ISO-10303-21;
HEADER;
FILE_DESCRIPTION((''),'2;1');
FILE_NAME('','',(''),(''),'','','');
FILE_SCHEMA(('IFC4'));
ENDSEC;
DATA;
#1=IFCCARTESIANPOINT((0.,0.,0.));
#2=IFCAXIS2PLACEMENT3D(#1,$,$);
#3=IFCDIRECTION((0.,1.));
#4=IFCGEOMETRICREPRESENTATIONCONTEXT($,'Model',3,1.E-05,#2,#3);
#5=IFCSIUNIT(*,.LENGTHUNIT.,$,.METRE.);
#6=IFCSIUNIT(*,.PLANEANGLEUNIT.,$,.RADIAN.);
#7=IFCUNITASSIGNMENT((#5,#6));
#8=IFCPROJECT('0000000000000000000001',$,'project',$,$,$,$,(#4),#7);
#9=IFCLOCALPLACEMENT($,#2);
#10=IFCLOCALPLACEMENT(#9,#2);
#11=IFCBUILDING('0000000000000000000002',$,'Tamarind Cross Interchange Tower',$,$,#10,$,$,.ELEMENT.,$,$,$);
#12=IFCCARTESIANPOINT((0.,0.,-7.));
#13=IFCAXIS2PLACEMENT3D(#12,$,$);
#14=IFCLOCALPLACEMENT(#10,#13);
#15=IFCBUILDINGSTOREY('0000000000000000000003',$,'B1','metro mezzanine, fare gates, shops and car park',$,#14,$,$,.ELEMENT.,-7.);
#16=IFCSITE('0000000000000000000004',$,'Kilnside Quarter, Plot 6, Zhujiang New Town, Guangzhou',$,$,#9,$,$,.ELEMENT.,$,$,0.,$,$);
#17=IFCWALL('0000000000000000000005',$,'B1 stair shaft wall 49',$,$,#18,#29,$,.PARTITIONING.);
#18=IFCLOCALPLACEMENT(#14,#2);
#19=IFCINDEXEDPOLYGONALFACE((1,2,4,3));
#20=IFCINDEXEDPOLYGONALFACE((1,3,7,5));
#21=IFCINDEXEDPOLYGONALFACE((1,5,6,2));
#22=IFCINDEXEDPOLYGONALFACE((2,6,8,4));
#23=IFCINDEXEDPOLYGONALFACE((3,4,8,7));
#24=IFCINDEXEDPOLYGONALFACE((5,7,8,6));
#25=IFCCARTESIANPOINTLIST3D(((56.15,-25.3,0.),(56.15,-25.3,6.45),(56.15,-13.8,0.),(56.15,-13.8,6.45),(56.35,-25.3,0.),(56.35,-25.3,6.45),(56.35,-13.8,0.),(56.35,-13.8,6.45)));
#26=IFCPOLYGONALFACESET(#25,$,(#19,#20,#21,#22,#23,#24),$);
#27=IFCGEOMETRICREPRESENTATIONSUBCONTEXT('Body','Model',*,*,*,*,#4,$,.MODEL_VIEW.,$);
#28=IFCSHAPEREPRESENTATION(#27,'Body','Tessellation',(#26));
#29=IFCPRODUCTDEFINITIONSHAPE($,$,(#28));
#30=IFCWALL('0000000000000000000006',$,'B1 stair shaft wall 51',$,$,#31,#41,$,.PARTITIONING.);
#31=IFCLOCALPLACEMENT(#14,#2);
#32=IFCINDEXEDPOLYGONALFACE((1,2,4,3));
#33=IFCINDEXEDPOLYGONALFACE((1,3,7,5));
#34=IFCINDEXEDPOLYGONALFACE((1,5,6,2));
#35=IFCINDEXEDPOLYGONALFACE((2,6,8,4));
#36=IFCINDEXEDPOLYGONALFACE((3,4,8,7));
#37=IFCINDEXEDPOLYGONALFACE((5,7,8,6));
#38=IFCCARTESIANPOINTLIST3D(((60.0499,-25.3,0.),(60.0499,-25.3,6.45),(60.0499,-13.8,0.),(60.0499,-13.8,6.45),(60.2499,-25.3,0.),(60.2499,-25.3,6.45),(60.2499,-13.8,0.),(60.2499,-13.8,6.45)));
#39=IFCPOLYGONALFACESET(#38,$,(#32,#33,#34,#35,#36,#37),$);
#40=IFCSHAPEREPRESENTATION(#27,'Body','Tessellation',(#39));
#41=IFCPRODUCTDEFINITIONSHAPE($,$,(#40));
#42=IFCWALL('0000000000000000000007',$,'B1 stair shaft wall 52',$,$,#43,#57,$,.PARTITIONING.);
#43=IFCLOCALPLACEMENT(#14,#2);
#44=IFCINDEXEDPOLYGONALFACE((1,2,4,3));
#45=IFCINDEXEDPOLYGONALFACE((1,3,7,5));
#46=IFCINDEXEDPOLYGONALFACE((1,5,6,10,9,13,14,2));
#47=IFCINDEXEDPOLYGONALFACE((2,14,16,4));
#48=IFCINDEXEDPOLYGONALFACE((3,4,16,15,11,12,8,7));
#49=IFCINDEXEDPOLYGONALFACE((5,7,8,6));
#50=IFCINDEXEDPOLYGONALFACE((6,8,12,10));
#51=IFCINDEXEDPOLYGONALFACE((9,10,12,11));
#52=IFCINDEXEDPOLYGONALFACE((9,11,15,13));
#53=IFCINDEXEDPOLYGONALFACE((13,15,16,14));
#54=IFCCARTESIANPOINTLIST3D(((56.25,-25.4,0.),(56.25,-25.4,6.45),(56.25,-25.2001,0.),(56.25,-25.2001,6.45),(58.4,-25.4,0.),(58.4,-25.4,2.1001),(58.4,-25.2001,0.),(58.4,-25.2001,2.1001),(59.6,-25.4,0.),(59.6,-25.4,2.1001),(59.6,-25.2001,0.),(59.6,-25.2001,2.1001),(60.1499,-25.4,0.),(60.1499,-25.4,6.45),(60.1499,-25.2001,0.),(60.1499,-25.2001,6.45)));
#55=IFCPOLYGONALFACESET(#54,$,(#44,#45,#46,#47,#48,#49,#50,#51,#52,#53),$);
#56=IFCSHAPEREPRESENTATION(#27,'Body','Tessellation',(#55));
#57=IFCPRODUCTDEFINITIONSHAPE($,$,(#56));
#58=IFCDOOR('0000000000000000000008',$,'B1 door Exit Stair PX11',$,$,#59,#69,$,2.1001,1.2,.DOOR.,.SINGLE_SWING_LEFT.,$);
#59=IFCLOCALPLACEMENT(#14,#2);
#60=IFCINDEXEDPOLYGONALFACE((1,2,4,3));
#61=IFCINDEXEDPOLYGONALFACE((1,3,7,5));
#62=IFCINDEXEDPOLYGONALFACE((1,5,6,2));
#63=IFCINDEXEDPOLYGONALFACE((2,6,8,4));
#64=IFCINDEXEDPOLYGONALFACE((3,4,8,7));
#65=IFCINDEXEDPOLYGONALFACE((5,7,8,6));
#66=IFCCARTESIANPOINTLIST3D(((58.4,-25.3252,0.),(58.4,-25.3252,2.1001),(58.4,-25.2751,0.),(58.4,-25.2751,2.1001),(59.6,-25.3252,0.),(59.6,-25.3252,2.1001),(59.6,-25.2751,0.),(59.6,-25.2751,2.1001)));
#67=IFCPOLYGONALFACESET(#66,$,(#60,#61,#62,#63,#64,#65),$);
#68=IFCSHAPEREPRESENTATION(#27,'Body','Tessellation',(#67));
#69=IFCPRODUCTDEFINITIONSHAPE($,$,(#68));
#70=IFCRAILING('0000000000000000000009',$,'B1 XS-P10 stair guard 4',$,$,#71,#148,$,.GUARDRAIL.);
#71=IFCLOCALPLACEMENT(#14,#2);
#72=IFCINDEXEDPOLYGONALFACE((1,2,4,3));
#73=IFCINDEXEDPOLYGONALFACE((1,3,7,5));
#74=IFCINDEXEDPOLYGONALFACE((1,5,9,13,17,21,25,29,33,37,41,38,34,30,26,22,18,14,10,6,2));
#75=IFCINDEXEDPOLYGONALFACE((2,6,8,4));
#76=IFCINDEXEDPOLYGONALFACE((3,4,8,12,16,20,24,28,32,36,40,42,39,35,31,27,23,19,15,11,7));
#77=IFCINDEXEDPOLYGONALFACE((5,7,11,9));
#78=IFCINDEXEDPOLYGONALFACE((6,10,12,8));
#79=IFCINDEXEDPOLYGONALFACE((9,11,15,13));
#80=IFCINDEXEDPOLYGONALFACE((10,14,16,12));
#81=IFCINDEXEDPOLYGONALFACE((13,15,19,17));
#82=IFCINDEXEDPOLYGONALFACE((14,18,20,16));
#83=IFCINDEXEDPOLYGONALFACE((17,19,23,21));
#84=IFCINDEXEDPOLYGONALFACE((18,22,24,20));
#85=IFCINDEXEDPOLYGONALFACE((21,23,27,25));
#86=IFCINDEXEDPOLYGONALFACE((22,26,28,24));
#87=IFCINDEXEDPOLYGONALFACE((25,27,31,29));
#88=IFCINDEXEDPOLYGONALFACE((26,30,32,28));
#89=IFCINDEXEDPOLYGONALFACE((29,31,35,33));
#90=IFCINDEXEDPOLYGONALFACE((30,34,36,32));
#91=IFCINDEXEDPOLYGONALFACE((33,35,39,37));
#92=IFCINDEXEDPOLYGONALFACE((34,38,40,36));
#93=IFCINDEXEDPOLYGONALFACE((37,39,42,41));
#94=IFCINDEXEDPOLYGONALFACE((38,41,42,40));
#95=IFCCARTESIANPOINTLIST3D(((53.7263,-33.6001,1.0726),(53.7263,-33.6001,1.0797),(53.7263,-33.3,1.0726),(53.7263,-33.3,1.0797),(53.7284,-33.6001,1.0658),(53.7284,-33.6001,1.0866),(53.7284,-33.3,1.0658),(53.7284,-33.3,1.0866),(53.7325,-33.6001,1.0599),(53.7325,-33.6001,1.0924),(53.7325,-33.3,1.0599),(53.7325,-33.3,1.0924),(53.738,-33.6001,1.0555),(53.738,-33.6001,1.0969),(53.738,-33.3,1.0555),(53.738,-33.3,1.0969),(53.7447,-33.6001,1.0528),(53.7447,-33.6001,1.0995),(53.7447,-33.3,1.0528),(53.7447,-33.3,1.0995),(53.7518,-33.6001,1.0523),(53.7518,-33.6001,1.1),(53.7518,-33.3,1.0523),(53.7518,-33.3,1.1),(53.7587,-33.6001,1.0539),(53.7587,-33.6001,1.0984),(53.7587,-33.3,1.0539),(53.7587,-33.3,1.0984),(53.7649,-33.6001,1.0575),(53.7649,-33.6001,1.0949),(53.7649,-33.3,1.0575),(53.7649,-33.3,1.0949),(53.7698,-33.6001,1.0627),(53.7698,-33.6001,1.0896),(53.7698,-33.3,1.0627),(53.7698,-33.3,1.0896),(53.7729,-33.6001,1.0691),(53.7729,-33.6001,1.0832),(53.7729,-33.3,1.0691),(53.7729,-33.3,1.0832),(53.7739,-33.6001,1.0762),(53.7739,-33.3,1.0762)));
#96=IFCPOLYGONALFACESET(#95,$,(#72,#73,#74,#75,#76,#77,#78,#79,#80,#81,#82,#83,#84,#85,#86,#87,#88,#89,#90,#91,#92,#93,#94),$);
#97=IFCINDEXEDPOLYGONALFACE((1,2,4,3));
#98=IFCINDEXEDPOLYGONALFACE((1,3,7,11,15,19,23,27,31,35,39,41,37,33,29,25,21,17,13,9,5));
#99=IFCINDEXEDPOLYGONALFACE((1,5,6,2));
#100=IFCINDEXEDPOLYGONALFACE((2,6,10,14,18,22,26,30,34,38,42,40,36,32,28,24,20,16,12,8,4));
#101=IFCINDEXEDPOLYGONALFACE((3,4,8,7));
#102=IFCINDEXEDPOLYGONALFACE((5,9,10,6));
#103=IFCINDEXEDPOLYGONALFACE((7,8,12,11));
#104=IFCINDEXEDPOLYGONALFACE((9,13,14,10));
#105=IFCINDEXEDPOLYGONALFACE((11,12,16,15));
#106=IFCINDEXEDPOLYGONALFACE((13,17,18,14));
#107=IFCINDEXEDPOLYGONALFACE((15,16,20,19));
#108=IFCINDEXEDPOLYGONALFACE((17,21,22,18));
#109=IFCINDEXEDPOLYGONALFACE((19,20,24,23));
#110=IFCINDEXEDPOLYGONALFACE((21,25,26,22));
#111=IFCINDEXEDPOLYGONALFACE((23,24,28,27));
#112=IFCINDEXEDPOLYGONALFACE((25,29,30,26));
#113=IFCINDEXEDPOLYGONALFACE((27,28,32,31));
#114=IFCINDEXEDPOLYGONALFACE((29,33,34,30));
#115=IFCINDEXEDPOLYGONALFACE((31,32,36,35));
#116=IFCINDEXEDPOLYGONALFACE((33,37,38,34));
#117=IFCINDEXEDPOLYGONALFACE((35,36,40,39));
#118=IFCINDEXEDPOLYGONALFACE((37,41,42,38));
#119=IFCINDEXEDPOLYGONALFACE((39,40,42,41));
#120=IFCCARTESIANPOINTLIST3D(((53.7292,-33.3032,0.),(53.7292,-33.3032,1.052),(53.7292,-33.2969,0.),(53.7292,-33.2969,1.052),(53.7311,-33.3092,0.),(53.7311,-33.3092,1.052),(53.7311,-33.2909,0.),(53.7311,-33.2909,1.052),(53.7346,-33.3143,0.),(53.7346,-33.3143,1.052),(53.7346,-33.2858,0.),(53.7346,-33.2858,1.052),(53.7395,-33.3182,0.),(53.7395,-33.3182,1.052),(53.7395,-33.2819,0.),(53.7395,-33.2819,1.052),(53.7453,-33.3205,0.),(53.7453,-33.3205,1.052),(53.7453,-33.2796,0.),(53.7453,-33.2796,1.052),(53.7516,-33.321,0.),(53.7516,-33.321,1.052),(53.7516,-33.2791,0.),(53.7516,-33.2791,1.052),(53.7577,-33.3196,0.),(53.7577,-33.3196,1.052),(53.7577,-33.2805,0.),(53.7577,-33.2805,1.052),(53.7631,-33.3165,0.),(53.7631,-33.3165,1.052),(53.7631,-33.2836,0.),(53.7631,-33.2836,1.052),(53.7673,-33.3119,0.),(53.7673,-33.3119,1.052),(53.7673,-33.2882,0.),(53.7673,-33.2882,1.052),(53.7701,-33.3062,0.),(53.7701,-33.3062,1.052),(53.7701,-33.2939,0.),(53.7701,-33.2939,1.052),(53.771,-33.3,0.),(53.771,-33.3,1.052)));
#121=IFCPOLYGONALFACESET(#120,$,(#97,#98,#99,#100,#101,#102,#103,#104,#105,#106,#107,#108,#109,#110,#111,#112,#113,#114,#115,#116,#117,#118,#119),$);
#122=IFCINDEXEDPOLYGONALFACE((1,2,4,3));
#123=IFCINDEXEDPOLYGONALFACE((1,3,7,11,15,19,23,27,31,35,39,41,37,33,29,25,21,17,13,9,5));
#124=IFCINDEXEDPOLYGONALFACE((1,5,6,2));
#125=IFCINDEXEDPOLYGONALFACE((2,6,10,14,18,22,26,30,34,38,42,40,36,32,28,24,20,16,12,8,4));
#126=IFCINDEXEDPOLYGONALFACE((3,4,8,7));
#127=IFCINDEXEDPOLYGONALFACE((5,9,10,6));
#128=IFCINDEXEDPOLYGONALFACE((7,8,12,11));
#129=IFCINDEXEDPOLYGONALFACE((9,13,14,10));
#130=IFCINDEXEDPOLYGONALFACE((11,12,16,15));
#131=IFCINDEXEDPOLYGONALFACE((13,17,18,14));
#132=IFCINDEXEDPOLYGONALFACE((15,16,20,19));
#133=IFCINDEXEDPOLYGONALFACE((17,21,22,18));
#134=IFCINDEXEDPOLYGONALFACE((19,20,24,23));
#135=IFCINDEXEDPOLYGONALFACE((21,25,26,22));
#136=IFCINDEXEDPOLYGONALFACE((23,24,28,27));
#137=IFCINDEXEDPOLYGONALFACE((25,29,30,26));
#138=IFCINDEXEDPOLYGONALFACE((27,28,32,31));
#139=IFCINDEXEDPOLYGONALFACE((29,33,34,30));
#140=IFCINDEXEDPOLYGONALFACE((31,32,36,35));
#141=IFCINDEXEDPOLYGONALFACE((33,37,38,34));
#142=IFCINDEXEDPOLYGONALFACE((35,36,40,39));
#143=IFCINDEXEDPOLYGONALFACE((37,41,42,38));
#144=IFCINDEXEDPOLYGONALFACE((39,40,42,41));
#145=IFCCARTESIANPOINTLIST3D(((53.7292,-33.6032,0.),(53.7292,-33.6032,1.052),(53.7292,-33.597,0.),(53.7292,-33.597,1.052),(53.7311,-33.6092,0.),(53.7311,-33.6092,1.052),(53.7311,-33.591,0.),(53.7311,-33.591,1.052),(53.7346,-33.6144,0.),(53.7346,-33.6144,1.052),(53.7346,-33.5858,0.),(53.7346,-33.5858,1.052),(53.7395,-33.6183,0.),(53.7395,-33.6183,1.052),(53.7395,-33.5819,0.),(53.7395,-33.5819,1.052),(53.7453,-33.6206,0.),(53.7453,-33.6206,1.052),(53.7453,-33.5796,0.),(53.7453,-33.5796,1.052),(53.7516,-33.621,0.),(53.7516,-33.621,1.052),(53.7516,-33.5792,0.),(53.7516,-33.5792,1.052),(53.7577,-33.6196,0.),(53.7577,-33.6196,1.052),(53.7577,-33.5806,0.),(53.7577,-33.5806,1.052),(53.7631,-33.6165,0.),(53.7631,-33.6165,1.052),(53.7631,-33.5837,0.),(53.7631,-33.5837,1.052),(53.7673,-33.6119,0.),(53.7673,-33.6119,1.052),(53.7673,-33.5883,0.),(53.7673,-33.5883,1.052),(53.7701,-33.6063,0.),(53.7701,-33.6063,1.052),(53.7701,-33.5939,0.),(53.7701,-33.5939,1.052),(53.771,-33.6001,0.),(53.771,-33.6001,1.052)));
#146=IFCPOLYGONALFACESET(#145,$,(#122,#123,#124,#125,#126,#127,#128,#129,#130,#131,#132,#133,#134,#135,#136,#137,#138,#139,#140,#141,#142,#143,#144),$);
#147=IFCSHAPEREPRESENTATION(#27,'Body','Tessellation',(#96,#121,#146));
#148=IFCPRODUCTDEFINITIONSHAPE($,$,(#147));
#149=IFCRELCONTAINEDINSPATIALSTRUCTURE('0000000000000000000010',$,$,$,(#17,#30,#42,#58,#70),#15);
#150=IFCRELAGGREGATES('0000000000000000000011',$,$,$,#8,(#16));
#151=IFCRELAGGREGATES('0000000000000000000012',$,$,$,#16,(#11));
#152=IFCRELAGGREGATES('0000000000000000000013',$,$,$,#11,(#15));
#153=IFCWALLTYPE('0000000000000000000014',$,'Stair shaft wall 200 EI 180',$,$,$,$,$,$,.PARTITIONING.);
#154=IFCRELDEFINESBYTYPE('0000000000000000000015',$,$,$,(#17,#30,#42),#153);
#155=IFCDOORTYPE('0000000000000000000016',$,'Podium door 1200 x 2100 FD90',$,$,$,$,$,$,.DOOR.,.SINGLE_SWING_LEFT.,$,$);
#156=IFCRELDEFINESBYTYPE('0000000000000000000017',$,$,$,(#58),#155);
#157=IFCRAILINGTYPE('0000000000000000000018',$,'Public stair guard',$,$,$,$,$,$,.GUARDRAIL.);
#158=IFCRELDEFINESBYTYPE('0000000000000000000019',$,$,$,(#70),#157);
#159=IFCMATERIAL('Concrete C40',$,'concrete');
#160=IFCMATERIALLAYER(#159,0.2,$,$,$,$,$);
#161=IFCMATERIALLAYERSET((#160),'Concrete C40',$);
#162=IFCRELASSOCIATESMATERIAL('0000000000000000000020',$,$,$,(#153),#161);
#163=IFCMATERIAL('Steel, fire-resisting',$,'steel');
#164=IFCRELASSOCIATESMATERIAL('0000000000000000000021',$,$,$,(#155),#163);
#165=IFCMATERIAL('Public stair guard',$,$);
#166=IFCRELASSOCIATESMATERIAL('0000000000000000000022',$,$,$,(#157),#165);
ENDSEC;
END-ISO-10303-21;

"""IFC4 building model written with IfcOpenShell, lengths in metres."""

from ifc_helpers import new_model, si_unit, direction, frame, frame_2d, origin, origin_2d, place, context, subcontext, project, spatial, rectangle, circle, extrude, material, layer, layer_set, type_object, element, fill, save


model = new_model("IFC4")

# Units and contexts
model_context = context("Model", 3, precision=1e-05, world=origin(), true_north=direction((0.0, 1.0)))
body_context = subcontext(model_context, "Body", "Model", "MODEL_VIEW")
ifc_project = project(units=[si_unit("LENGTHUNIT", "METRE"), si_unit("PLANEANGLEUNIT", "RADIAN")], contexts=[model_context])

# Site, building, storey
site_placement = place(None, origin())
site = spatial("IfcSite", under=ifc_project, at=site_placement, Name="Kilnside Quarter, Plot 6, Zhujiang New Town, Guangzhou", CompositionType="ELEMENT", RefElevation=0.0)
building_placement = place(site_placement, origin())
building = spatial("IfcBuilding", under=site, at=building_placement, Name="Tamarind Cross Interchange Tower", CompositionType="ELEMENT")
storey_placement = place(building_placement, frame((0.0, 0.0, -7.0)))
storey = spatial("IfcBuildingStorey", under=building, at=storey_placement, Name="B1", Description="metro mezzanine, fare gates, shops and car park", CompositionType="ELEMENT", Elevation=-7.0)

# Shared definitions
ifc_material_1 = material(Name="Concrete C40", Category="concrete")

# Shared definitions
ifc_material_2 = material(Name="Steel, fire-resisting", Category="steel")

# Walls
ifc_layer_1 = layer(ifc_material_1, 0.2)
ifc_layer_set_1 = layer_set([ifc_layer_1], Name="Concrete C40")
wall_type_1 = type_object("IfcWallType", Name="Stair shaft wall 200 EI 180", PredefinedType="PARTITIONING", material=ifc_layer_set_1)
for number, where, z_axis, x_axis, name in (
    (1, (56.25, -25.3, 0.0), (0.0, 0.0, 1.0), (0.0, 1.0, 0.0), "B1 stair shaft wall 49"),
    (2, (60.1499, -25.3, 0.0), (0.0, 0.0, 1.0), (0.0, 1.0, 0.0), "B1 stair shaft wall 51"),
):
    element("IfcWall", number, at=place(storey_placement, frame(where, z_axis=z_axis, x_axis=x_axis)), inside=storey, type_object=wall_type_1, Name=name, PredefinedType="PARTITIONING", context=body_context, shape_type="SweptSolid", body=[
        extrude(rectangle(XDim=11.5, YDim=0.2, at=frame_2d((5.75, 0.0))), origin(), (0.0, 0.0, 1.0), 6.45),
    ])

# Wall, opening, door
wall_1_placement = place(storey_placement, frame((56.25, -25.3, 0.0), z_axis=(0.0, 0.0, 1.0), x_axis=(1.0, 0.0, 0.0)))
wall_1 = element("IfcWall", 3, at=wall_1_placement, inside=storey, type_object=wall_type_1, Name="B1 stair shaft wall 52", PredefinedType="PARTITIONING", context=body_context, shape_type="SweptSolid", body=[
    extrude(rectangle(XDim=3.8999, YDim=0.2, at=frame_2d((1.95, 0.0))), origin(), (0.0, 0.0, 1.0), 6.45),
])
opening_1_placement = place(wall_1_placement, frame((2.1499, 0.0, 0.0)))
opening_1 = element("IfcOpeningElement", 4, at=opening_1_placement, cuts=wall_1, PredefinedType="OPENING", context=body_context, shape_type="SweptSolid", body=[
    extrude(rectangle(XDim=1.2, YDim=2.1001, at=frame_2d((0.6001, 1.05))), frame((0.0, 0.1099, 0.0), z_axis=(0.0, -1.0, 0.0), x_axis=(1.0, 0.0, 0.0)), (0.0, 0.0, 1.0), 0.22),
])
door_type_1 = type_object("IfcDoorType", Name="Podium door 1200 x 2100 FD90", OperationType="SINGLE_SWING_LEFT", PredefinedType="DOOR", material=ifc_material_2)
door_1_placement = place(opening_1_placement, origin())
door_1 = element("IfcDoor", 5, at=door_1_placement, inside=storey, type_object=door_type_1, Name="B1 door Exit Stair PX11", OperationType="SINGLE_SWING_LEFT", OverallHeight=2.1001, OverallWidth=1.2, PredefinedType="DOOR", context=body_context, shape_type="SweptSolid", body=[
    extrude(rectangle(XDim=1.2, YDim=2.1001, at=frame_2d((0.6001, 1.05))), frame((0.0, 0.0249, 0.0), z_axis=(0.0, -1.0, 0.0), x_axis=(1.0, 0.0, 0.0)), (0.0, 0.0, 1.0), 0.05),
])
fill(opening_1, door_1)

# Railing
ifc_material_3 = material(Name="Public stair guard")
railing_type = type_object("IfcRailingType", Name="Public stair guard", PredefinedType="GUARDRAIL", material=ifc_material_3)
railing_1_placement = place(storey_placement, frame((53.75, -33.3, 0.0)))
element("IfcRailing", 6, at=railing_1_placement, inside=storey, type_object=railing_type, Name="B1 XS-P10 stair guard 4", PredefinedType="GUARDRAIL", context=body_context, shape_type="SweptSolid", body=[
    extrude(circle(Radius=0.0239, at=origin_2d()), frame((0.0, 0.0, 1.0762), z_axis=(0.0, -1.0, 0.0), x_axis=(1.0, 0.0, 0.0)), (0.0, 0.0, 1.0), 0.3),
    extrude(circle(Radius=0.021, at=origin_2d()), origin(), (0.0, 0.0, 1.0), 1.052),
    extrude(circle(Radius=0.021, at=origin_2d()), frame((0.0, -0.3, 0.0)), (0.0, 0.0, 1.0), 1.052),
])

save(model, "model.ifc")
